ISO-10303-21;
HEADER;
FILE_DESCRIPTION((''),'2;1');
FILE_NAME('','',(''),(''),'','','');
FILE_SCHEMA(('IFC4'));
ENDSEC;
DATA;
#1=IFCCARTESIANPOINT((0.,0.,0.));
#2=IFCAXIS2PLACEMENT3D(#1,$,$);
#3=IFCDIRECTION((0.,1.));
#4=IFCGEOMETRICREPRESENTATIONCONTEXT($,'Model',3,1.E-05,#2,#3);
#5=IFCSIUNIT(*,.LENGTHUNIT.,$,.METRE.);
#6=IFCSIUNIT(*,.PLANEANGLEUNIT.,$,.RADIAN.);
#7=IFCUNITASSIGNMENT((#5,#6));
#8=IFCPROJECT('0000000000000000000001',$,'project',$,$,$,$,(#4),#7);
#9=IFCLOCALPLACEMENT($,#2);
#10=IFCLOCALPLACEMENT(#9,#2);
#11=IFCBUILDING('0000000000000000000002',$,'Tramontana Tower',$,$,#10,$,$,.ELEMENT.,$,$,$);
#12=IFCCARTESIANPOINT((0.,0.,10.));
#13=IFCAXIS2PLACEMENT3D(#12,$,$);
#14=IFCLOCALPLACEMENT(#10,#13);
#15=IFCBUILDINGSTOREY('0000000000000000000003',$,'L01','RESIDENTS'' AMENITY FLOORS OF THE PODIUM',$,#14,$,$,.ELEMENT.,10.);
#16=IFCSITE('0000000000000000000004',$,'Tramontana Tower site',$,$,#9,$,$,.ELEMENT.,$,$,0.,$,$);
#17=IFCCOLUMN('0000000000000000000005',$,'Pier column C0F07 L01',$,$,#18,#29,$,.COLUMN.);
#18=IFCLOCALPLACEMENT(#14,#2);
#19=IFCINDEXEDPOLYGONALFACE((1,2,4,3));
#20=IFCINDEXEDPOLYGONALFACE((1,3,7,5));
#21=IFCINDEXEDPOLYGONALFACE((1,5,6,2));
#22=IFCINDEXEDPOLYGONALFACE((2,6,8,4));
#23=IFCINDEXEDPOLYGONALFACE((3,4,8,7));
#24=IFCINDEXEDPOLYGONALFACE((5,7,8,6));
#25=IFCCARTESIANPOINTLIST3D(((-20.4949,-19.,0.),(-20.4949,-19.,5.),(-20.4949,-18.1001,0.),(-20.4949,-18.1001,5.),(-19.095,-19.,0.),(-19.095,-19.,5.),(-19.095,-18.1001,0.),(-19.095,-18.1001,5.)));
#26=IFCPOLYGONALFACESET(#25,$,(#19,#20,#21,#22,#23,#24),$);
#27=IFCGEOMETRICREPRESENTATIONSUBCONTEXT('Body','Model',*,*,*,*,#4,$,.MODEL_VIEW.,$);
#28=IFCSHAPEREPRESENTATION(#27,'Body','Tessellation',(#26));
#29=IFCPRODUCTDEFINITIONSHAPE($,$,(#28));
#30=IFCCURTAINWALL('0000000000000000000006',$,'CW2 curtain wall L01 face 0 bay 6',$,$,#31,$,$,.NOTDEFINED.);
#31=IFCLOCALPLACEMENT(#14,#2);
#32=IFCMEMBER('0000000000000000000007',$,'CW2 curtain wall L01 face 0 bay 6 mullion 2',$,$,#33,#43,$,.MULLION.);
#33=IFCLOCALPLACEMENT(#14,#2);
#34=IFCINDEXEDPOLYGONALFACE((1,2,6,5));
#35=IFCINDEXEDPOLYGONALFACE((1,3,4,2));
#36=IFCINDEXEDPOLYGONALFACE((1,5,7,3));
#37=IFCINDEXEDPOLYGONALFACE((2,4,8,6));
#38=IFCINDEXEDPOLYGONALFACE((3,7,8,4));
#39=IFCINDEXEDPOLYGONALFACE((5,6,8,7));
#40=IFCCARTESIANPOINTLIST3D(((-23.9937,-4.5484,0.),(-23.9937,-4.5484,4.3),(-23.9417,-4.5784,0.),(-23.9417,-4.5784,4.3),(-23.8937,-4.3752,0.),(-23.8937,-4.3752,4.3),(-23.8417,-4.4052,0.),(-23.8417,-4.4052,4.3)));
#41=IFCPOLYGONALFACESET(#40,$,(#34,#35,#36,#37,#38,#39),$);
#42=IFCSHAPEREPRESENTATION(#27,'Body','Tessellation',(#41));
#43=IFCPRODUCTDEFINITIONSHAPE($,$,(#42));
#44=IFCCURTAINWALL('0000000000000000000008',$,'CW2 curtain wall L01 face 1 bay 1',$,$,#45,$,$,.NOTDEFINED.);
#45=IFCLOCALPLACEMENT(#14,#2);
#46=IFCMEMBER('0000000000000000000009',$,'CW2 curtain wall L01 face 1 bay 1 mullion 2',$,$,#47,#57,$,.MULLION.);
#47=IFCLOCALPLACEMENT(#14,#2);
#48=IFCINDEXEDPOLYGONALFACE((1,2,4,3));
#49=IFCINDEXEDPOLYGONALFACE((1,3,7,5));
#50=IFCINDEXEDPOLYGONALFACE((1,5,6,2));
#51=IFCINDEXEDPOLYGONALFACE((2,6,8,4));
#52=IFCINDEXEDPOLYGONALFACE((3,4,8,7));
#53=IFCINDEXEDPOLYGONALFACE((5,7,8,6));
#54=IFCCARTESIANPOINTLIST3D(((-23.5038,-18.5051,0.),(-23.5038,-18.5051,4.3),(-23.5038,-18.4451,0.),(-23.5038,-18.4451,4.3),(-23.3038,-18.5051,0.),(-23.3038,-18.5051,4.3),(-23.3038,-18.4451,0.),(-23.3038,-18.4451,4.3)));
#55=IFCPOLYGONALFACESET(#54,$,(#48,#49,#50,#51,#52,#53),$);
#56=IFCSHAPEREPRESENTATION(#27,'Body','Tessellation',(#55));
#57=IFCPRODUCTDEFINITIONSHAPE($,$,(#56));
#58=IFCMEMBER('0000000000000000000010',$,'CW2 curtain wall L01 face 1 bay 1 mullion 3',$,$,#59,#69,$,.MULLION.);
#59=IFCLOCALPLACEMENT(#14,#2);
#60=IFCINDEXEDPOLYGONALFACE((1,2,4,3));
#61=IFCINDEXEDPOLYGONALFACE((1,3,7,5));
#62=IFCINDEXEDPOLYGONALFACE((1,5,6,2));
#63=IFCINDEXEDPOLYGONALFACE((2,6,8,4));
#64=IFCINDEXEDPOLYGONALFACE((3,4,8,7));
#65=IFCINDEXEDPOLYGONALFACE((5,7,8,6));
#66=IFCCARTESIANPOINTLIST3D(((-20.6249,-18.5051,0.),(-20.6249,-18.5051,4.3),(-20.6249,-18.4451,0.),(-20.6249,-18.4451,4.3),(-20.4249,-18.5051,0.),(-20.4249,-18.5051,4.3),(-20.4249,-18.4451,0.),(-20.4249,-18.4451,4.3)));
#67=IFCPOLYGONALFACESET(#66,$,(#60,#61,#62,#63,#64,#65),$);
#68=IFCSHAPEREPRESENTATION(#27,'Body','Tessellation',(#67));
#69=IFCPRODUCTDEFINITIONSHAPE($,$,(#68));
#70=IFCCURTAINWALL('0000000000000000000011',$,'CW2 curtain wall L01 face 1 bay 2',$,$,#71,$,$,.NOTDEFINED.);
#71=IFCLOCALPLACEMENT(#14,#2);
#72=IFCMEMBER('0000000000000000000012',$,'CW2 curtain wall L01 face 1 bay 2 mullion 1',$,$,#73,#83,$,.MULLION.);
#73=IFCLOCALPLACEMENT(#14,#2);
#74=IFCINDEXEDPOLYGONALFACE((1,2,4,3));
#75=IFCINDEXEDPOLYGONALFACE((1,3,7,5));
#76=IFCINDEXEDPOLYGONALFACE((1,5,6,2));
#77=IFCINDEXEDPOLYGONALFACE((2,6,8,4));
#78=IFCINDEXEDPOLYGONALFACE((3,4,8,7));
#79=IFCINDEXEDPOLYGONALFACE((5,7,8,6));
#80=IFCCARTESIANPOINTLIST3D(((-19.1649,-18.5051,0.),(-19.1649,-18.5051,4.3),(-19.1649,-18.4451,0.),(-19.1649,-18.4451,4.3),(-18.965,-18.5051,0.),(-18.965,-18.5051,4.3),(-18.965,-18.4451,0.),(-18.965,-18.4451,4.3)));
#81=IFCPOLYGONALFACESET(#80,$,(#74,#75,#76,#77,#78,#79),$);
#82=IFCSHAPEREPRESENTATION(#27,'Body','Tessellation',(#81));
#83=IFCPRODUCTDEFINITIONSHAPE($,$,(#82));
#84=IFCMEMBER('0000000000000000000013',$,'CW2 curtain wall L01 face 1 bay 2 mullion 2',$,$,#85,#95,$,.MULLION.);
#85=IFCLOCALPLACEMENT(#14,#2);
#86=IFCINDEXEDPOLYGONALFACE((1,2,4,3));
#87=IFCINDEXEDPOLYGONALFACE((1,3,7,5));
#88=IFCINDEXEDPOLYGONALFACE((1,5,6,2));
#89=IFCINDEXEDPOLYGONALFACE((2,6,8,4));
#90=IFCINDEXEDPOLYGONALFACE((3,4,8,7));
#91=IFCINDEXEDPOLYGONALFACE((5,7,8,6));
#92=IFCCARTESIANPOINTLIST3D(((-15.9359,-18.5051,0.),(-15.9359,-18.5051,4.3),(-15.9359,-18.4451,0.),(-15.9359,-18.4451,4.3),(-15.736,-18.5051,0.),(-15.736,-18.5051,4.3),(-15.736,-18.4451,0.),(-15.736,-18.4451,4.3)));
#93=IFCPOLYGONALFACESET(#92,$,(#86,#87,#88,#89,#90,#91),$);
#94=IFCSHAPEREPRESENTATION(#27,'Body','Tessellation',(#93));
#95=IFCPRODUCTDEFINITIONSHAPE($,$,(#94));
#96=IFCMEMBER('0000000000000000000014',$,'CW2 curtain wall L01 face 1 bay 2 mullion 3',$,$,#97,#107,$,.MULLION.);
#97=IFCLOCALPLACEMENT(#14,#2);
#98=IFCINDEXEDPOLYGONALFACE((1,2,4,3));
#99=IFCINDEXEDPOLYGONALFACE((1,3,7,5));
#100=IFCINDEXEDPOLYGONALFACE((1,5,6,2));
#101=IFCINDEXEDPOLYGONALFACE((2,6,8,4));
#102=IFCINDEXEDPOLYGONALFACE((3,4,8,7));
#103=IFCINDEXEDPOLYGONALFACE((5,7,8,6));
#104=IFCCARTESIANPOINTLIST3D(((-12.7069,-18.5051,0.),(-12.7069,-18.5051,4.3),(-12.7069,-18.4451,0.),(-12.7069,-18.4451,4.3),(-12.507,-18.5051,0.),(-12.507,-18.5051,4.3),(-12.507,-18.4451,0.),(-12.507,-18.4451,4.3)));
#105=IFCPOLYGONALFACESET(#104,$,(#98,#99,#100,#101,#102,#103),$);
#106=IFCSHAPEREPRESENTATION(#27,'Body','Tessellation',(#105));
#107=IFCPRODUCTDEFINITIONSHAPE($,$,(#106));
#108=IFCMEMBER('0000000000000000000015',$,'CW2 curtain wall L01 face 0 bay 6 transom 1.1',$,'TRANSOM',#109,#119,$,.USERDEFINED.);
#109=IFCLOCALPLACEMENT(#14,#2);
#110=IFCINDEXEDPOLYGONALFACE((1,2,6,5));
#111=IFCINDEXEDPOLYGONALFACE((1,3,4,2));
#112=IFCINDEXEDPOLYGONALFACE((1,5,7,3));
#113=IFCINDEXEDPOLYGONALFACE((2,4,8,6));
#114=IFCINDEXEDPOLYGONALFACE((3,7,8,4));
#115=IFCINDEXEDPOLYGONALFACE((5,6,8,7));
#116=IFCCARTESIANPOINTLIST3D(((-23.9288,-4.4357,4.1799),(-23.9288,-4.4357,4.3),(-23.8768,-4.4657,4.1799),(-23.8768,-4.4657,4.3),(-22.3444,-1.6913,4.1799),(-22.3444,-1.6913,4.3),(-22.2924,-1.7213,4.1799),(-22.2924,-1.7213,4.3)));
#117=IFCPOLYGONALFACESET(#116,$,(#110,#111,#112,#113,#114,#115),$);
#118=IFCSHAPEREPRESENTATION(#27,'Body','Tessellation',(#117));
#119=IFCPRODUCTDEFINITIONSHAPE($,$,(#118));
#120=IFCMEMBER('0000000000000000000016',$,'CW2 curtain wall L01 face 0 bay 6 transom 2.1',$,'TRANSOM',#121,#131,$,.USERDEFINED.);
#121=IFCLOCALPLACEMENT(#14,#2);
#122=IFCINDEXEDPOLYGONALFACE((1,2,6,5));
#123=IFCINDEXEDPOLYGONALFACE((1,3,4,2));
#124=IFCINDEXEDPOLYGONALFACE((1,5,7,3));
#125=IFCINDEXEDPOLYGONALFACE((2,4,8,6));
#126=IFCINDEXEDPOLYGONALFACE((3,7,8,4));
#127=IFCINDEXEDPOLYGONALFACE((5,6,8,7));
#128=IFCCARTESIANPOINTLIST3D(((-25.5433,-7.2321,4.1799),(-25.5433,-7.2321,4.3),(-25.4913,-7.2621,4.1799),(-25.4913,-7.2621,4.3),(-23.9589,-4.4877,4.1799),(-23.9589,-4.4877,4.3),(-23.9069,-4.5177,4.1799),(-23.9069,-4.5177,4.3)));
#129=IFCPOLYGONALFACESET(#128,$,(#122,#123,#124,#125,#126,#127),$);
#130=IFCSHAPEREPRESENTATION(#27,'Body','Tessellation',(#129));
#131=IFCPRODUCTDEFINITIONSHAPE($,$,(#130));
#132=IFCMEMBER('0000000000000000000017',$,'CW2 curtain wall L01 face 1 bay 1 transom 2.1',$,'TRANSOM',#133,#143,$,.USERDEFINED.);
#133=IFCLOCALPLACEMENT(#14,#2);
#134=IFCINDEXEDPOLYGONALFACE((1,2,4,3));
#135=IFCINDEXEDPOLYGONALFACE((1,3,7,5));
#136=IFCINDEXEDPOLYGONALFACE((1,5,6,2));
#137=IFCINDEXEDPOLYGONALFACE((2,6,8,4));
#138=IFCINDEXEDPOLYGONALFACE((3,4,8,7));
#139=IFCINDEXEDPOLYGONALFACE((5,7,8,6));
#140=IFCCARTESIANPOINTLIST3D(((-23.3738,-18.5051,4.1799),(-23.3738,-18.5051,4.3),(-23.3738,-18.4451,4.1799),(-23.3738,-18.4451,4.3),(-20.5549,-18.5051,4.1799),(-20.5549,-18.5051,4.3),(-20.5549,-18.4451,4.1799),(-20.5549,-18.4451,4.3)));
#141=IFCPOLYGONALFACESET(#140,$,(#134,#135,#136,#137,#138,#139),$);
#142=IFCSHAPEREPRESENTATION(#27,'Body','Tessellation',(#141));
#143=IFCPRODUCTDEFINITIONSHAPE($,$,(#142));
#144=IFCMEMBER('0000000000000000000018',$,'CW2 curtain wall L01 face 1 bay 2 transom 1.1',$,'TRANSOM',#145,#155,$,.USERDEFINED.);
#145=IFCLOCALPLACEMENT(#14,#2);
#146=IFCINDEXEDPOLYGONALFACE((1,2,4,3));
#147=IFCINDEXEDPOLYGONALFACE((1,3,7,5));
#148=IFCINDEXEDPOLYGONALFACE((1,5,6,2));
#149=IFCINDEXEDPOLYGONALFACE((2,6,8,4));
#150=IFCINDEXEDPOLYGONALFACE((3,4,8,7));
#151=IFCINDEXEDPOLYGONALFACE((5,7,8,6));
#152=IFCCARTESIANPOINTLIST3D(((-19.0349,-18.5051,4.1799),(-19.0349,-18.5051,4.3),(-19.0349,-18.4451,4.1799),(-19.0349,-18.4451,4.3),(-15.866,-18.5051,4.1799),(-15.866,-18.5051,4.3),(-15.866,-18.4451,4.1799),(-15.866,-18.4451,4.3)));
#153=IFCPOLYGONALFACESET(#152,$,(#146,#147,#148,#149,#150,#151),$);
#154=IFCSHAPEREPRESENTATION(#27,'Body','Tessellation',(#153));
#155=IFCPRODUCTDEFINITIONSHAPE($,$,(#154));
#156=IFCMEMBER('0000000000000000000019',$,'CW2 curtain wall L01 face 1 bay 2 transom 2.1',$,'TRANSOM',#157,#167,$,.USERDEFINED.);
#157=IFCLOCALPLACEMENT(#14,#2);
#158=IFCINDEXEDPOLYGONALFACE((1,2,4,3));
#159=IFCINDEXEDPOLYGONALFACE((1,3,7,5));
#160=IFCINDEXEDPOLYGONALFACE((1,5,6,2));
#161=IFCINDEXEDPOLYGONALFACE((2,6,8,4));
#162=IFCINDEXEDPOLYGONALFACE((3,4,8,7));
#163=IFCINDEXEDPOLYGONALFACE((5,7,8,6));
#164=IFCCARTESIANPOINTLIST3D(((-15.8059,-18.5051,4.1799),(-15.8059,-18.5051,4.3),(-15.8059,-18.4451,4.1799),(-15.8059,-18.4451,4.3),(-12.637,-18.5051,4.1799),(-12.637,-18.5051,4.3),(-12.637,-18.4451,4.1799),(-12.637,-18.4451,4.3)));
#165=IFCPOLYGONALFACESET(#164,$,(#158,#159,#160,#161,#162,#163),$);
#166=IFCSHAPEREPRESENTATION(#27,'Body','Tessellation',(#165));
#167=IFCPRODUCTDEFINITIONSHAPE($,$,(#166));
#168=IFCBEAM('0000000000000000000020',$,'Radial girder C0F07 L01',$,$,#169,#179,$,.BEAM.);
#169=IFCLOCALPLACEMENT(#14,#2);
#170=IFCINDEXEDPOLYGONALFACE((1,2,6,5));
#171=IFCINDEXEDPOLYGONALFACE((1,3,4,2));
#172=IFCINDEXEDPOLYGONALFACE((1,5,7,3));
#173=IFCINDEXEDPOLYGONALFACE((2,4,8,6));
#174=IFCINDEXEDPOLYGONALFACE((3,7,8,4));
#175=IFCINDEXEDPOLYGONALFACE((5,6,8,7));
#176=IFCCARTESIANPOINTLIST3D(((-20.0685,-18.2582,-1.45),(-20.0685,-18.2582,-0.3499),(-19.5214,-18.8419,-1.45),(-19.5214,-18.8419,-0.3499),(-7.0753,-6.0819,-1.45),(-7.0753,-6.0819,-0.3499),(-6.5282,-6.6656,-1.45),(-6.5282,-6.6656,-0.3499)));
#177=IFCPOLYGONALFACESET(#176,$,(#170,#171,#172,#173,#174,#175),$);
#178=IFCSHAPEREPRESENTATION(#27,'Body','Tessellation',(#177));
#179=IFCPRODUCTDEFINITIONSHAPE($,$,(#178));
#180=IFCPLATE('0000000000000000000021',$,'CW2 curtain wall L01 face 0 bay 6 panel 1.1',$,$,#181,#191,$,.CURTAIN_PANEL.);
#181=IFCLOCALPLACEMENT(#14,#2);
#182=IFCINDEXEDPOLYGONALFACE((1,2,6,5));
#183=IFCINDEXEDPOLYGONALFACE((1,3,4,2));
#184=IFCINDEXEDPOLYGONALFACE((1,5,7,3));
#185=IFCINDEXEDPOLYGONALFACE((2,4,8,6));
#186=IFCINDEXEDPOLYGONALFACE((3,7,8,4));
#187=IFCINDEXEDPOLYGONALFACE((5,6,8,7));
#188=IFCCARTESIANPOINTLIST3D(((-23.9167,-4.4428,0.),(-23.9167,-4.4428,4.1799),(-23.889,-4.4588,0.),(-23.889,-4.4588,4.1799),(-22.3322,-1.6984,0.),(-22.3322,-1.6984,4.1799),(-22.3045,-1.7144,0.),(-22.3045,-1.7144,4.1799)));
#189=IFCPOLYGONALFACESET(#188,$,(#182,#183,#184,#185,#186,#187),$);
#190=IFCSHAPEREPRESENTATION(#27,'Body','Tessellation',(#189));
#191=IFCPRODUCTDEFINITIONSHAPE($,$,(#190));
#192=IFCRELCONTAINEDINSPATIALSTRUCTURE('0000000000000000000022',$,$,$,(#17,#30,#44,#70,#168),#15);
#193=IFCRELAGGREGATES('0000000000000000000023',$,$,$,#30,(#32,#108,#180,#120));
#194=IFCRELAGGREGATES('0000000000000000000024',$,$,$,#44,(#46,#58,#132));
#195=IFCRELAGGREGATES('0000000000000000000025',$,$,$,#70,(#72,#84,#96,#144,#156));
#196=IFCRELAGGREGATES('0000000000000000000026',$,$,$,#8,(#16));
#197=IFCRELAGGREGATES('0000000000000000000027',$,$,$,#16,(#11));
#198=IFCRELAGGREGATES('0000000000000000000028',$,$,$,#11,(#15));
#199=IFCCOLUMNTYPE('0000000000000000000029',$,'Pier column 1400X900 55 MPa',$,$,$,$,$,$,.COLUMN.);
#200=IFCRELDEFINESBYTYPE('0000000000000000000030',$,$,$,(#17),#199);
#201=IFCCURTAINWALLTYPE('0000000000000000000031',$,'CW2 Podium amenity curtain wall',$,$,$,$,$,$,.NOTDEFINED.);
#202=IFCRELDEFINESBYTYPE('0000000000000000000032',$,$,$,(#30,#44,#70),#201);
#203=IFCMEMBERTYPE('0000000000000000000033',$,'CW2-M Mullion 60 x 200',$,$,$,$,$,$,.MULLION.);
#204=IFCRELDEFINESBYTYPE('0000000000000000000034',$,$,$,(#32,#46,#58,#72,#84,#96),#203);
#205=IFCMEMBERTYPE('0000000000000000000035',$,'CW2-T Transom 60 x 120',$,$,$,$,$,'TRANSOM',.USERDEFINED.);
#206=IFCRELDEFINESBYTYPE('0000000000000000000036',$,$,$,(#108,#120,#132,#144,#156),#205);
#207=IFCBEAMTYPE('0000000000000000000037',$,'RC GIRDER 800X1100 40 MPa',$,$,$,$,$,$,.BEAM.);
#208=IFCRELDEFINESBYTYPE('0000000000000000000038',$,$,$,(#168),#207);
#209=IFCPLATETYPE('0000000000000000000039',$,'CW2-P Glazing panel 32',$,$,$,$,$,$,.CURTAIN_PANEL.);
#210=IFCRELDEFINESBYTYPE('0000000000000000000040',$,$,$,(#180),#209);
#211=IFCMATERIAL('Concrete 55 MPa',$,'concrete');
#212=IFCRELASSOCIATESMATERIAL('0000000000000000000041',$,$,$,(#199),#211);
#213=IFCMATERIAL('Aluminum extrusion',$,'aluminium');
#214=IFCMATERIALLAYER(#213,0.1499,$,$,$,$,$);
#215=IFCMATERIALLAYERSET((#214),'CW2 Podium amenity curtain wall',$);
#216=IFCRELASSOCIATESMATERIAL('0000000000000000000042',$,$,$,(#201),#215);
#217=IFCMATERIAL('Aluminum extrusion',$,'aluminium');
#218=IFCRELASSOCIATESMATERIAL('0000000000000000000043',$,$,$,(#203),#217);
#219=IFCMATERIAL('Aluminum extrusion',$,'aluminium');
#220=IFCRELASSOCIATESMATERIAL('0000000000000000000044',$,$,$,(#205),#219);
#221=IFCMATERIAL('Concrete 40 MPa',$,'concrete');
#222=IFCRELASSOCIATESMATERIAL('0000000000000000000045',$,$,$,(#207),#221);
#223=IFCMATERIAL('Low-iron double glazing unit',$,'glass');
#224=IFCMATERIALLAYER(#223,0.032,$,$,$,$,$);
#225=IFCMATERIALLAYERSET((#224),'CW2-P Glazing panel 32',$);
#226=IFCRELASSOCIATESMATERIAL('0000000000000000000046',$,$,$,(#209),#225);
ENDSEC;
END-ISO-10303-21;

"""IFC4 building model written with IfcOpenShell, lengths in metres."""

from ifc_helpers import new_model, si_unit, direction, frame, origin, origin_2d, place, context, subcontext, project, spatial, rectangle, extrude, material, layer, layer_set, material_profile, profile_set, type_object, element, aggregate, save


model = new_model("IFC4")

# Units and contexts
model_context = context("Model", 3, precision=1e-05, world=origin(), true_north=direction((0.0, 1.0)))
body_context = subcontext(model_context, "Body", "Model", "MODEL_VIEW")
ifc_project = project(units=[si_unit("LENGTHUNIT", "METRE"), si_unit("PLANEANGLEUNIT", "RADIAN")], contexts=[model_context])

# Site, building, storey
site_placement = place(None, origin())
site = spatial("IfcSite", under=ifc_project, at=site_placement, Name="Tramontana Tower site", CompositionType="ELEMENT", RefElevation=0.0)
building_placement = place(site_placement, origin())
building = spatial("IfcBuilding", under=site, at=building_placement, Name="Tramontana Tower", CompositionType="ELEMENT")
storey_placement = place(building_placement, frame((0.0, 0.0, 10.0)))
storey = spatial("IfcBuildingStorey", under=building, at=storey_placement, Name="L01", Description="RESIDENTS' AMENITY FLOORS OF THE PODIUM", CompositionType="ELEMENT", Elevation=10.0)

# Column
ifc_material_1 = material(Name="Concrete 55 MPa", Category="concrete")
ifc_material_profile_1 = material_profile(ifc_material_1, rectangle(XDim=1.3999, YDim=0.8999, at=origin_2d()), Name="Pier column 1400X900 55 MPa")
ifc_profile_set_1 = profile_set([ifc_material_profile_1], Name="Concrete 55 MPa")
column_type = type_object("IfcColumnType", Name="Pier column 1400X900 55 MPa", PredefinedType="COLUMN", material=ifc_profile_set_1)
column_placement = place(storey_placement, frame((-19.7949, -18.55, 0.0), z_axis=(0.0, 0.0, 1.0), x_axis=(1.0, 0.0, 0.0)))
element("IfcColumn", 1, at=column_placement, inside=storey, type_object=column_type, Name="Pier column C0F07 L01", PredefinedType="COLUMN", context=body_context, shape_type="SweptSolid", body=[
    extrude(rectangle(XDim=1.3999, YDim=0.8999, at=origin_2d()), origin(), (0.0, 0.0, 1.0), 5.0),
])

# Curtain wall, member
ifc_material_2 = material(Name="Aluminum extrusion", Category="aluminium")
ifc_layer_1 = layer(ifc_material_2, 0.1499)
ifc_layer_set_1 = layer_set([ifc_layer_1], Name="CW2 Podium amenity curtain wall")
curtain_wall_type = type_object("IfcCurtainWallType", Name="CW2 Podium amenity curtain wall", PredefinedType="NOTDEFINED", material=ifc_layer_set_1)
curtain_wall_1_placement = place(storey_placement, origin())
curtain_wall_1 = element("IfcCurtainWall", 2, at=curtain_wall_1_placement, inside=storey, type_object=curtain_wall_type, Name="CW2 curtain wall L01 face 0 bay 6", PredefinedType="NOTDEFINED")
ifc_material_3 = material(Name="Aluminum extrusion", Category="aluminium")
ifc_material_profile_2 = material_profile(ifc_material_3, rectangle(XDim=0.0601, YDim=0.2, at=origin_2d()), Name="CW2-M Mullion 60 x 200")
ifc_profile_set_2 = profile_set([ifc_material_profile_2], Name="Aluminum extrusion")
member_type_1 = type_object("IfcMemberType", Name="CW2-M Mullion 60 x 200", PredefinedType="MULLION", material=ifc_profile_set_2)
member_1_placement = place(storey_placement, frame((-23.9177, -4.4768, 0.0), z_axis=(0.0, 0.0, 1.0), x_axis=(0.866025, -0.5, 0.0)))
member_1 = element("IfcMember", 3, at=member_1_placement, type_object=member_type_1, Name="CW2 curtain wall L01 face 0 bay 6 mullion 2", PredefinedType="MULLION", context=body_context, shape_type="SweptSolid", body=[
    extrude(rectangle(XDim=0.0601, YDim=0.2, at=origin_2d()), origin(), (0.0, 0.0, 1.0), 4.3),
])

# Curtain walls, members
curtain_wall_2_placement = place(storey_placement, origin())
curtain_wall_2 = element("IfcCurtainWall", 4, at=curtain_wall_2_placement, inside=storey, type_object=curtain_wall_type, Name="CW2 curtain wall L01 face 1 bay 1", PredefinedType="NOTDEFINED")
member_2_placement = place(storey_placement, frame((-23.4038, -18.4751, 0.0), z_axis=(0.0, 0.0, 1.0), x_axis=(0.0, 1.0, 0.0)))
member_2 = element("IfcMember", 5, at=member_2_placement, type_object=member_type_1, Name="CW2 curtain wall L01 face 1 bay 1 mullion 2", PredefinedType="MULLION", context=body_context, shape_type="SweptSolid", body=[
    extrude(rectangle(XDim=0.0601, YDim=0.2, at=origin_2d()), origin(), (0.0, 0.0, 1.0), 4.3),
])
member_3_placement = place(storey_placement, frame((-20.5249, -18.4751, 0.0), z_axis=(0.0, 0.0, 1.0), x_axis=(0.0, 1.0, 0.0)))
member_3 = element("IfcMember", 6, at=member_3_placement, type_object=member_type_1, Name="CW2 curtain wall L01 face 1 bay 1 mullion 3", PredefinedType="MULLION", context=body_context, shape_type="SweptSolid", body=[
    extrude(rectangle(XDim=0.0601, YDim=0.2, at=origin_2d()), origin(), (0.0, 0.0, 1.0), 4.3),
])
curtain_wall_3_placement = place(storey_placement, origin())
curtain_wall_3 = element("IfcCurtainWall", 7, at=curtain_wall_3_placement, inside=storey, type_object=curtain_wall_type, Name="CW2 curtain wall L01 face 1 bay 2", PredefinedType="NOTDEFINED")
member_4_placement = place(storey_placement, frame((-19.0649, -18.4751, 0.0), z_axis=(0.0, 0.0, 1.0), x_axis=(0.0, 1.0, 0.0)))
member_4 = element("IfcMember", 8, at=member_4_placement, type_object=member_type_1, Name="CW2 curtain wall L01 face 1 bay 2 mullion 1", PredefinedType="MULLION", context=body_context, shape_type="SweptSolid", body=[
    extrude(rectangle(XDim=0.0601, YDim=0.2, at=origin_2d()), origin(), (0.0, 0.0, 1.0), 4.3),
])
member_5_placement = place(storey_placement, frame((-15.8359, -18.4751, 0.0), z_axis=(0.0, 0.0, 1.0), x_axis=(0.0, 1.0, 0.0)))
member_5 = element("IfcMember", 9, at=member_5_placement, type_object=member_type_1, Name="CW2 curtain wall L01 face 1 bay 2 mullion 2", PredefinedType="MULLION", context=body_context, shape_type="SweptSolid", body=[
    extrude(rectangle(XDim=0.0601, YDim=0.2, at=origin_2d()), origin(), (0.0, 0.0, 1.0), 4.3),
])
member_6_placement = place(storey_placement, frame((-12.6069, -18.4751, 0.0), z_axis=(0.0, 0.0, 1.0), x_axis=(0.0, 1.0, 0.0)))
member_6 = element("IfcMember", 10, at=member_6_placement, type_object=member_type_1, Name="CW2 curtain wall L01 face 1 bay 2 mullion 3", PredefinedType="MULLION", context=body_context, shape_type="SweptSolid", body=[
    extrude(rectangle(XDim=0.0601, YDim=0.2, at=origin_2d()), origin(), (0.0, 0.0, 1.0), 4.3),
])

# Members
ifc_material_4 = material(Name="Aluminum extrusion", Category="aluminium")
ifc_material_profile_3 = material_profile(ifc_material_4, rectangle(XDim=0.0601, YDim=0.1201, at=origin_2d()), Name="CW2-T Transom 60 x 120")
ifc_profile_set_3 = profile_set([ifc_material_profile_3], Name="Aluminum extrusion")
member_type_2 = type_object("IfcMemberType", Name="CW2-T Transom 60 x 120", ElementType="TRANSOM", PredefinedType="USERDEFINED", material=ifc_profile_set_3)
member_7_placement = place(storey_placement, frame((-22.3184, -1.7063, 4.24), z_axis=(-0.5, -0.866025, 0.0), x_axis=(0.866025, -0.5, 0.0)))
member_7 = element("IfcMember", 11, at=member_7_placement, type_object=member_type_2, Name="CW2 curtain wall L01 face 0 bay 6 transom 1.1", ObjectType="TRANSOM", PredefinedType="USERDEFINED", context=body_context, shape_type="SweptSolid", body=[
    extrude(rectangle(XDim=0.0601, YDim=0.1201, at=origin_2d()), origin(), (0.0, 0.0, 1.0), 3.1689),
])
member_8_placement = place(storey_placement, frame((-23.9329, -4.5027, 4.24), z_axis=(-0.5, -0.866025, 0.0), x_axis=(0.866025, -0.5, 0.0)))
member_8 = element("IfcMember", 12, at=member_8_placement, type_object=member_type_2, Name="CW2 curtain wall L01 face 0 bay 6 transom 2.1", ObjectType="TRANSOM", PredefinedType="USERDEFINED", context=body_context, shape_type="SweptSolid", body=[
    extrude(rectangle(XDim=0.0601, YDim=0.1201, at=origin_2d()), origin(), (0.0, 0.0, 1.0), 3.1689),
])
member_9_placement = place(storey_placement, frame((-23.3738, -18.4751, 4.24), z_axis=(1.0, 0.0, 0.0), x_axis=(0.0, 1.0, 0.0)))
member_9 = element("IfcMember", 13, at=member_9_placement, type_object=member_type_2, Name="CW2 curtain wall L01 face 1 bay 1 transom 2.1", ObjectType="TRANSOM", PredefinedType="USERDEFINED", context=body_context, shape_type="SweptSolid", body=[
    extrude(rectangle(XDim=0.0601, YDim=0.1201, at=origin_2d()), origin(), (0.0, 0.0, 1.0), 2.8188),
])
member_10_placement = place(storey_placement, frame((-19.0349, -18.4751, 4.24), z_axis=(1.0, 0.0, 0.0), x_axis=(0.0, 1.0, 0.0)))
member_10 = element("IfcMember", 14, at=member_10_placement, type_object=member_type_2, Name="CW2 curtain wall L01 face 1 bay 2 transom 1.1", ObjectType="TRANSOM", PredefinedType="USERDEFINED", context=body_context, shape_type="SweptSolid", body=[
    extrude(rectangle(XDim=0.0601, YDim=0.1201, at=origin_2d()), origin(), (0.0, 0.0, 1.0), 3.1689),
])
member_11_placement = place(storey_placement, frame((-15.8059, -18.4751, 4.24), z_axis=(1.0, 0.0, 0.0), x_axis=(0.0, 1.0, 0.0)))
member_11 = element("IfcMember", 15, at=member_11_placement, type_object=member_type_2, Name="CW2 curtain wall L01 face 1 bay 2 transom 2.1", ObjectType="TRANSOM", PredefinedType="USERDEFINED", context=body_context, shape_type="SweptSolid", body=[
    extrude(rectangle(XDim=0.0601, YDim=0.1201, at=origin_2d()), origin(), (0.0, 0.0, 1.0), 3.1689),
])

# Beam
ifc_material_5 = material(Name="Concrete 40 MPa", Category="concrete")
ifc_material_profile_4 = material_profile(ifc_material_5, rectangle(XDim=0.8, YDim=1.1001, at=origin_2d()), Name="RC GIRDER 800X1100 40 MPa")
ifc_profile_set_4 = profile_set([ifc_material_profile_4], Name="Concrete 40 MPa")
beam_type = type_object("IfcBeamType", Name="RC GIRDER 800X1100 40 MPa", PredefinedType="BEAM", material=ifc_profile_set_4)
beam_placement = place(storey_placement, frame((-19.7949, -18.55, -0.8999), z_axis=(0.729672, 0.683797, 0.0), x_axis=(-0.683797, 0.729672, 0.0)))
element("IfcBeam", 16, at=beam_placement, inside=storey, type_object=beam_type, Name="Radial girder C0F07 L01", PredefinedType="BEAM", context=body_context, shape_type="SweptSolid", body=[
    extrude(rectangle(XDim=0.8, YDim=1.1001, at=origin_2d()), origin(), (0.0, 0.0, 1.0), 17.8069),
])

# Plate
ifc_material_6 = material(Name="Low-iron double glazing unit", Category="glass")
ifc_layer_2 = layer(ifc_material_6, 0.032)
ifc_layer_set_2 = layer_set([ifc_layer_2], Name="CW2-P Glazing panel 32")
plate_type = type_object("IfcPlateType", Name="CW2-P Glazing panel 32", PredefinedType="CURTAIN_PANEL", material=ifc_layer_set_2)
plate_1_placement = place(storey_placement, frame((-23.1106, -3.0786, 0.0), z_axis=(0.0, 0.0, 1.0), x_axis=(-0.5, -0.866025, 0.0)))
plate_1 = element("IfcPlate", 17, at=plate_1_placement, type_object=plate_type, Name="CW2 curtain wall L01 face 0 bay 6 panel 1.1", PredefinedType="CURTAIN_PANEL", context=body_context, shape_type="SweptSolid", body=[
    extrude(rectangle(XDim=3.1689, YDim=0.032, at=origin_2d()), origin(), (0.0, 0.0, 1.0), 4.1799),
])
aggregate(curtain_wall_1, [member_1, member_7, plate_1, member_8])
aggregate(curtain_wall_2, [member_2, member_3, member_9])
aggregate(curtain_wall_3, [member_4, member_5, member_6, member_10, member_11])

save(model, "model.ifc")
